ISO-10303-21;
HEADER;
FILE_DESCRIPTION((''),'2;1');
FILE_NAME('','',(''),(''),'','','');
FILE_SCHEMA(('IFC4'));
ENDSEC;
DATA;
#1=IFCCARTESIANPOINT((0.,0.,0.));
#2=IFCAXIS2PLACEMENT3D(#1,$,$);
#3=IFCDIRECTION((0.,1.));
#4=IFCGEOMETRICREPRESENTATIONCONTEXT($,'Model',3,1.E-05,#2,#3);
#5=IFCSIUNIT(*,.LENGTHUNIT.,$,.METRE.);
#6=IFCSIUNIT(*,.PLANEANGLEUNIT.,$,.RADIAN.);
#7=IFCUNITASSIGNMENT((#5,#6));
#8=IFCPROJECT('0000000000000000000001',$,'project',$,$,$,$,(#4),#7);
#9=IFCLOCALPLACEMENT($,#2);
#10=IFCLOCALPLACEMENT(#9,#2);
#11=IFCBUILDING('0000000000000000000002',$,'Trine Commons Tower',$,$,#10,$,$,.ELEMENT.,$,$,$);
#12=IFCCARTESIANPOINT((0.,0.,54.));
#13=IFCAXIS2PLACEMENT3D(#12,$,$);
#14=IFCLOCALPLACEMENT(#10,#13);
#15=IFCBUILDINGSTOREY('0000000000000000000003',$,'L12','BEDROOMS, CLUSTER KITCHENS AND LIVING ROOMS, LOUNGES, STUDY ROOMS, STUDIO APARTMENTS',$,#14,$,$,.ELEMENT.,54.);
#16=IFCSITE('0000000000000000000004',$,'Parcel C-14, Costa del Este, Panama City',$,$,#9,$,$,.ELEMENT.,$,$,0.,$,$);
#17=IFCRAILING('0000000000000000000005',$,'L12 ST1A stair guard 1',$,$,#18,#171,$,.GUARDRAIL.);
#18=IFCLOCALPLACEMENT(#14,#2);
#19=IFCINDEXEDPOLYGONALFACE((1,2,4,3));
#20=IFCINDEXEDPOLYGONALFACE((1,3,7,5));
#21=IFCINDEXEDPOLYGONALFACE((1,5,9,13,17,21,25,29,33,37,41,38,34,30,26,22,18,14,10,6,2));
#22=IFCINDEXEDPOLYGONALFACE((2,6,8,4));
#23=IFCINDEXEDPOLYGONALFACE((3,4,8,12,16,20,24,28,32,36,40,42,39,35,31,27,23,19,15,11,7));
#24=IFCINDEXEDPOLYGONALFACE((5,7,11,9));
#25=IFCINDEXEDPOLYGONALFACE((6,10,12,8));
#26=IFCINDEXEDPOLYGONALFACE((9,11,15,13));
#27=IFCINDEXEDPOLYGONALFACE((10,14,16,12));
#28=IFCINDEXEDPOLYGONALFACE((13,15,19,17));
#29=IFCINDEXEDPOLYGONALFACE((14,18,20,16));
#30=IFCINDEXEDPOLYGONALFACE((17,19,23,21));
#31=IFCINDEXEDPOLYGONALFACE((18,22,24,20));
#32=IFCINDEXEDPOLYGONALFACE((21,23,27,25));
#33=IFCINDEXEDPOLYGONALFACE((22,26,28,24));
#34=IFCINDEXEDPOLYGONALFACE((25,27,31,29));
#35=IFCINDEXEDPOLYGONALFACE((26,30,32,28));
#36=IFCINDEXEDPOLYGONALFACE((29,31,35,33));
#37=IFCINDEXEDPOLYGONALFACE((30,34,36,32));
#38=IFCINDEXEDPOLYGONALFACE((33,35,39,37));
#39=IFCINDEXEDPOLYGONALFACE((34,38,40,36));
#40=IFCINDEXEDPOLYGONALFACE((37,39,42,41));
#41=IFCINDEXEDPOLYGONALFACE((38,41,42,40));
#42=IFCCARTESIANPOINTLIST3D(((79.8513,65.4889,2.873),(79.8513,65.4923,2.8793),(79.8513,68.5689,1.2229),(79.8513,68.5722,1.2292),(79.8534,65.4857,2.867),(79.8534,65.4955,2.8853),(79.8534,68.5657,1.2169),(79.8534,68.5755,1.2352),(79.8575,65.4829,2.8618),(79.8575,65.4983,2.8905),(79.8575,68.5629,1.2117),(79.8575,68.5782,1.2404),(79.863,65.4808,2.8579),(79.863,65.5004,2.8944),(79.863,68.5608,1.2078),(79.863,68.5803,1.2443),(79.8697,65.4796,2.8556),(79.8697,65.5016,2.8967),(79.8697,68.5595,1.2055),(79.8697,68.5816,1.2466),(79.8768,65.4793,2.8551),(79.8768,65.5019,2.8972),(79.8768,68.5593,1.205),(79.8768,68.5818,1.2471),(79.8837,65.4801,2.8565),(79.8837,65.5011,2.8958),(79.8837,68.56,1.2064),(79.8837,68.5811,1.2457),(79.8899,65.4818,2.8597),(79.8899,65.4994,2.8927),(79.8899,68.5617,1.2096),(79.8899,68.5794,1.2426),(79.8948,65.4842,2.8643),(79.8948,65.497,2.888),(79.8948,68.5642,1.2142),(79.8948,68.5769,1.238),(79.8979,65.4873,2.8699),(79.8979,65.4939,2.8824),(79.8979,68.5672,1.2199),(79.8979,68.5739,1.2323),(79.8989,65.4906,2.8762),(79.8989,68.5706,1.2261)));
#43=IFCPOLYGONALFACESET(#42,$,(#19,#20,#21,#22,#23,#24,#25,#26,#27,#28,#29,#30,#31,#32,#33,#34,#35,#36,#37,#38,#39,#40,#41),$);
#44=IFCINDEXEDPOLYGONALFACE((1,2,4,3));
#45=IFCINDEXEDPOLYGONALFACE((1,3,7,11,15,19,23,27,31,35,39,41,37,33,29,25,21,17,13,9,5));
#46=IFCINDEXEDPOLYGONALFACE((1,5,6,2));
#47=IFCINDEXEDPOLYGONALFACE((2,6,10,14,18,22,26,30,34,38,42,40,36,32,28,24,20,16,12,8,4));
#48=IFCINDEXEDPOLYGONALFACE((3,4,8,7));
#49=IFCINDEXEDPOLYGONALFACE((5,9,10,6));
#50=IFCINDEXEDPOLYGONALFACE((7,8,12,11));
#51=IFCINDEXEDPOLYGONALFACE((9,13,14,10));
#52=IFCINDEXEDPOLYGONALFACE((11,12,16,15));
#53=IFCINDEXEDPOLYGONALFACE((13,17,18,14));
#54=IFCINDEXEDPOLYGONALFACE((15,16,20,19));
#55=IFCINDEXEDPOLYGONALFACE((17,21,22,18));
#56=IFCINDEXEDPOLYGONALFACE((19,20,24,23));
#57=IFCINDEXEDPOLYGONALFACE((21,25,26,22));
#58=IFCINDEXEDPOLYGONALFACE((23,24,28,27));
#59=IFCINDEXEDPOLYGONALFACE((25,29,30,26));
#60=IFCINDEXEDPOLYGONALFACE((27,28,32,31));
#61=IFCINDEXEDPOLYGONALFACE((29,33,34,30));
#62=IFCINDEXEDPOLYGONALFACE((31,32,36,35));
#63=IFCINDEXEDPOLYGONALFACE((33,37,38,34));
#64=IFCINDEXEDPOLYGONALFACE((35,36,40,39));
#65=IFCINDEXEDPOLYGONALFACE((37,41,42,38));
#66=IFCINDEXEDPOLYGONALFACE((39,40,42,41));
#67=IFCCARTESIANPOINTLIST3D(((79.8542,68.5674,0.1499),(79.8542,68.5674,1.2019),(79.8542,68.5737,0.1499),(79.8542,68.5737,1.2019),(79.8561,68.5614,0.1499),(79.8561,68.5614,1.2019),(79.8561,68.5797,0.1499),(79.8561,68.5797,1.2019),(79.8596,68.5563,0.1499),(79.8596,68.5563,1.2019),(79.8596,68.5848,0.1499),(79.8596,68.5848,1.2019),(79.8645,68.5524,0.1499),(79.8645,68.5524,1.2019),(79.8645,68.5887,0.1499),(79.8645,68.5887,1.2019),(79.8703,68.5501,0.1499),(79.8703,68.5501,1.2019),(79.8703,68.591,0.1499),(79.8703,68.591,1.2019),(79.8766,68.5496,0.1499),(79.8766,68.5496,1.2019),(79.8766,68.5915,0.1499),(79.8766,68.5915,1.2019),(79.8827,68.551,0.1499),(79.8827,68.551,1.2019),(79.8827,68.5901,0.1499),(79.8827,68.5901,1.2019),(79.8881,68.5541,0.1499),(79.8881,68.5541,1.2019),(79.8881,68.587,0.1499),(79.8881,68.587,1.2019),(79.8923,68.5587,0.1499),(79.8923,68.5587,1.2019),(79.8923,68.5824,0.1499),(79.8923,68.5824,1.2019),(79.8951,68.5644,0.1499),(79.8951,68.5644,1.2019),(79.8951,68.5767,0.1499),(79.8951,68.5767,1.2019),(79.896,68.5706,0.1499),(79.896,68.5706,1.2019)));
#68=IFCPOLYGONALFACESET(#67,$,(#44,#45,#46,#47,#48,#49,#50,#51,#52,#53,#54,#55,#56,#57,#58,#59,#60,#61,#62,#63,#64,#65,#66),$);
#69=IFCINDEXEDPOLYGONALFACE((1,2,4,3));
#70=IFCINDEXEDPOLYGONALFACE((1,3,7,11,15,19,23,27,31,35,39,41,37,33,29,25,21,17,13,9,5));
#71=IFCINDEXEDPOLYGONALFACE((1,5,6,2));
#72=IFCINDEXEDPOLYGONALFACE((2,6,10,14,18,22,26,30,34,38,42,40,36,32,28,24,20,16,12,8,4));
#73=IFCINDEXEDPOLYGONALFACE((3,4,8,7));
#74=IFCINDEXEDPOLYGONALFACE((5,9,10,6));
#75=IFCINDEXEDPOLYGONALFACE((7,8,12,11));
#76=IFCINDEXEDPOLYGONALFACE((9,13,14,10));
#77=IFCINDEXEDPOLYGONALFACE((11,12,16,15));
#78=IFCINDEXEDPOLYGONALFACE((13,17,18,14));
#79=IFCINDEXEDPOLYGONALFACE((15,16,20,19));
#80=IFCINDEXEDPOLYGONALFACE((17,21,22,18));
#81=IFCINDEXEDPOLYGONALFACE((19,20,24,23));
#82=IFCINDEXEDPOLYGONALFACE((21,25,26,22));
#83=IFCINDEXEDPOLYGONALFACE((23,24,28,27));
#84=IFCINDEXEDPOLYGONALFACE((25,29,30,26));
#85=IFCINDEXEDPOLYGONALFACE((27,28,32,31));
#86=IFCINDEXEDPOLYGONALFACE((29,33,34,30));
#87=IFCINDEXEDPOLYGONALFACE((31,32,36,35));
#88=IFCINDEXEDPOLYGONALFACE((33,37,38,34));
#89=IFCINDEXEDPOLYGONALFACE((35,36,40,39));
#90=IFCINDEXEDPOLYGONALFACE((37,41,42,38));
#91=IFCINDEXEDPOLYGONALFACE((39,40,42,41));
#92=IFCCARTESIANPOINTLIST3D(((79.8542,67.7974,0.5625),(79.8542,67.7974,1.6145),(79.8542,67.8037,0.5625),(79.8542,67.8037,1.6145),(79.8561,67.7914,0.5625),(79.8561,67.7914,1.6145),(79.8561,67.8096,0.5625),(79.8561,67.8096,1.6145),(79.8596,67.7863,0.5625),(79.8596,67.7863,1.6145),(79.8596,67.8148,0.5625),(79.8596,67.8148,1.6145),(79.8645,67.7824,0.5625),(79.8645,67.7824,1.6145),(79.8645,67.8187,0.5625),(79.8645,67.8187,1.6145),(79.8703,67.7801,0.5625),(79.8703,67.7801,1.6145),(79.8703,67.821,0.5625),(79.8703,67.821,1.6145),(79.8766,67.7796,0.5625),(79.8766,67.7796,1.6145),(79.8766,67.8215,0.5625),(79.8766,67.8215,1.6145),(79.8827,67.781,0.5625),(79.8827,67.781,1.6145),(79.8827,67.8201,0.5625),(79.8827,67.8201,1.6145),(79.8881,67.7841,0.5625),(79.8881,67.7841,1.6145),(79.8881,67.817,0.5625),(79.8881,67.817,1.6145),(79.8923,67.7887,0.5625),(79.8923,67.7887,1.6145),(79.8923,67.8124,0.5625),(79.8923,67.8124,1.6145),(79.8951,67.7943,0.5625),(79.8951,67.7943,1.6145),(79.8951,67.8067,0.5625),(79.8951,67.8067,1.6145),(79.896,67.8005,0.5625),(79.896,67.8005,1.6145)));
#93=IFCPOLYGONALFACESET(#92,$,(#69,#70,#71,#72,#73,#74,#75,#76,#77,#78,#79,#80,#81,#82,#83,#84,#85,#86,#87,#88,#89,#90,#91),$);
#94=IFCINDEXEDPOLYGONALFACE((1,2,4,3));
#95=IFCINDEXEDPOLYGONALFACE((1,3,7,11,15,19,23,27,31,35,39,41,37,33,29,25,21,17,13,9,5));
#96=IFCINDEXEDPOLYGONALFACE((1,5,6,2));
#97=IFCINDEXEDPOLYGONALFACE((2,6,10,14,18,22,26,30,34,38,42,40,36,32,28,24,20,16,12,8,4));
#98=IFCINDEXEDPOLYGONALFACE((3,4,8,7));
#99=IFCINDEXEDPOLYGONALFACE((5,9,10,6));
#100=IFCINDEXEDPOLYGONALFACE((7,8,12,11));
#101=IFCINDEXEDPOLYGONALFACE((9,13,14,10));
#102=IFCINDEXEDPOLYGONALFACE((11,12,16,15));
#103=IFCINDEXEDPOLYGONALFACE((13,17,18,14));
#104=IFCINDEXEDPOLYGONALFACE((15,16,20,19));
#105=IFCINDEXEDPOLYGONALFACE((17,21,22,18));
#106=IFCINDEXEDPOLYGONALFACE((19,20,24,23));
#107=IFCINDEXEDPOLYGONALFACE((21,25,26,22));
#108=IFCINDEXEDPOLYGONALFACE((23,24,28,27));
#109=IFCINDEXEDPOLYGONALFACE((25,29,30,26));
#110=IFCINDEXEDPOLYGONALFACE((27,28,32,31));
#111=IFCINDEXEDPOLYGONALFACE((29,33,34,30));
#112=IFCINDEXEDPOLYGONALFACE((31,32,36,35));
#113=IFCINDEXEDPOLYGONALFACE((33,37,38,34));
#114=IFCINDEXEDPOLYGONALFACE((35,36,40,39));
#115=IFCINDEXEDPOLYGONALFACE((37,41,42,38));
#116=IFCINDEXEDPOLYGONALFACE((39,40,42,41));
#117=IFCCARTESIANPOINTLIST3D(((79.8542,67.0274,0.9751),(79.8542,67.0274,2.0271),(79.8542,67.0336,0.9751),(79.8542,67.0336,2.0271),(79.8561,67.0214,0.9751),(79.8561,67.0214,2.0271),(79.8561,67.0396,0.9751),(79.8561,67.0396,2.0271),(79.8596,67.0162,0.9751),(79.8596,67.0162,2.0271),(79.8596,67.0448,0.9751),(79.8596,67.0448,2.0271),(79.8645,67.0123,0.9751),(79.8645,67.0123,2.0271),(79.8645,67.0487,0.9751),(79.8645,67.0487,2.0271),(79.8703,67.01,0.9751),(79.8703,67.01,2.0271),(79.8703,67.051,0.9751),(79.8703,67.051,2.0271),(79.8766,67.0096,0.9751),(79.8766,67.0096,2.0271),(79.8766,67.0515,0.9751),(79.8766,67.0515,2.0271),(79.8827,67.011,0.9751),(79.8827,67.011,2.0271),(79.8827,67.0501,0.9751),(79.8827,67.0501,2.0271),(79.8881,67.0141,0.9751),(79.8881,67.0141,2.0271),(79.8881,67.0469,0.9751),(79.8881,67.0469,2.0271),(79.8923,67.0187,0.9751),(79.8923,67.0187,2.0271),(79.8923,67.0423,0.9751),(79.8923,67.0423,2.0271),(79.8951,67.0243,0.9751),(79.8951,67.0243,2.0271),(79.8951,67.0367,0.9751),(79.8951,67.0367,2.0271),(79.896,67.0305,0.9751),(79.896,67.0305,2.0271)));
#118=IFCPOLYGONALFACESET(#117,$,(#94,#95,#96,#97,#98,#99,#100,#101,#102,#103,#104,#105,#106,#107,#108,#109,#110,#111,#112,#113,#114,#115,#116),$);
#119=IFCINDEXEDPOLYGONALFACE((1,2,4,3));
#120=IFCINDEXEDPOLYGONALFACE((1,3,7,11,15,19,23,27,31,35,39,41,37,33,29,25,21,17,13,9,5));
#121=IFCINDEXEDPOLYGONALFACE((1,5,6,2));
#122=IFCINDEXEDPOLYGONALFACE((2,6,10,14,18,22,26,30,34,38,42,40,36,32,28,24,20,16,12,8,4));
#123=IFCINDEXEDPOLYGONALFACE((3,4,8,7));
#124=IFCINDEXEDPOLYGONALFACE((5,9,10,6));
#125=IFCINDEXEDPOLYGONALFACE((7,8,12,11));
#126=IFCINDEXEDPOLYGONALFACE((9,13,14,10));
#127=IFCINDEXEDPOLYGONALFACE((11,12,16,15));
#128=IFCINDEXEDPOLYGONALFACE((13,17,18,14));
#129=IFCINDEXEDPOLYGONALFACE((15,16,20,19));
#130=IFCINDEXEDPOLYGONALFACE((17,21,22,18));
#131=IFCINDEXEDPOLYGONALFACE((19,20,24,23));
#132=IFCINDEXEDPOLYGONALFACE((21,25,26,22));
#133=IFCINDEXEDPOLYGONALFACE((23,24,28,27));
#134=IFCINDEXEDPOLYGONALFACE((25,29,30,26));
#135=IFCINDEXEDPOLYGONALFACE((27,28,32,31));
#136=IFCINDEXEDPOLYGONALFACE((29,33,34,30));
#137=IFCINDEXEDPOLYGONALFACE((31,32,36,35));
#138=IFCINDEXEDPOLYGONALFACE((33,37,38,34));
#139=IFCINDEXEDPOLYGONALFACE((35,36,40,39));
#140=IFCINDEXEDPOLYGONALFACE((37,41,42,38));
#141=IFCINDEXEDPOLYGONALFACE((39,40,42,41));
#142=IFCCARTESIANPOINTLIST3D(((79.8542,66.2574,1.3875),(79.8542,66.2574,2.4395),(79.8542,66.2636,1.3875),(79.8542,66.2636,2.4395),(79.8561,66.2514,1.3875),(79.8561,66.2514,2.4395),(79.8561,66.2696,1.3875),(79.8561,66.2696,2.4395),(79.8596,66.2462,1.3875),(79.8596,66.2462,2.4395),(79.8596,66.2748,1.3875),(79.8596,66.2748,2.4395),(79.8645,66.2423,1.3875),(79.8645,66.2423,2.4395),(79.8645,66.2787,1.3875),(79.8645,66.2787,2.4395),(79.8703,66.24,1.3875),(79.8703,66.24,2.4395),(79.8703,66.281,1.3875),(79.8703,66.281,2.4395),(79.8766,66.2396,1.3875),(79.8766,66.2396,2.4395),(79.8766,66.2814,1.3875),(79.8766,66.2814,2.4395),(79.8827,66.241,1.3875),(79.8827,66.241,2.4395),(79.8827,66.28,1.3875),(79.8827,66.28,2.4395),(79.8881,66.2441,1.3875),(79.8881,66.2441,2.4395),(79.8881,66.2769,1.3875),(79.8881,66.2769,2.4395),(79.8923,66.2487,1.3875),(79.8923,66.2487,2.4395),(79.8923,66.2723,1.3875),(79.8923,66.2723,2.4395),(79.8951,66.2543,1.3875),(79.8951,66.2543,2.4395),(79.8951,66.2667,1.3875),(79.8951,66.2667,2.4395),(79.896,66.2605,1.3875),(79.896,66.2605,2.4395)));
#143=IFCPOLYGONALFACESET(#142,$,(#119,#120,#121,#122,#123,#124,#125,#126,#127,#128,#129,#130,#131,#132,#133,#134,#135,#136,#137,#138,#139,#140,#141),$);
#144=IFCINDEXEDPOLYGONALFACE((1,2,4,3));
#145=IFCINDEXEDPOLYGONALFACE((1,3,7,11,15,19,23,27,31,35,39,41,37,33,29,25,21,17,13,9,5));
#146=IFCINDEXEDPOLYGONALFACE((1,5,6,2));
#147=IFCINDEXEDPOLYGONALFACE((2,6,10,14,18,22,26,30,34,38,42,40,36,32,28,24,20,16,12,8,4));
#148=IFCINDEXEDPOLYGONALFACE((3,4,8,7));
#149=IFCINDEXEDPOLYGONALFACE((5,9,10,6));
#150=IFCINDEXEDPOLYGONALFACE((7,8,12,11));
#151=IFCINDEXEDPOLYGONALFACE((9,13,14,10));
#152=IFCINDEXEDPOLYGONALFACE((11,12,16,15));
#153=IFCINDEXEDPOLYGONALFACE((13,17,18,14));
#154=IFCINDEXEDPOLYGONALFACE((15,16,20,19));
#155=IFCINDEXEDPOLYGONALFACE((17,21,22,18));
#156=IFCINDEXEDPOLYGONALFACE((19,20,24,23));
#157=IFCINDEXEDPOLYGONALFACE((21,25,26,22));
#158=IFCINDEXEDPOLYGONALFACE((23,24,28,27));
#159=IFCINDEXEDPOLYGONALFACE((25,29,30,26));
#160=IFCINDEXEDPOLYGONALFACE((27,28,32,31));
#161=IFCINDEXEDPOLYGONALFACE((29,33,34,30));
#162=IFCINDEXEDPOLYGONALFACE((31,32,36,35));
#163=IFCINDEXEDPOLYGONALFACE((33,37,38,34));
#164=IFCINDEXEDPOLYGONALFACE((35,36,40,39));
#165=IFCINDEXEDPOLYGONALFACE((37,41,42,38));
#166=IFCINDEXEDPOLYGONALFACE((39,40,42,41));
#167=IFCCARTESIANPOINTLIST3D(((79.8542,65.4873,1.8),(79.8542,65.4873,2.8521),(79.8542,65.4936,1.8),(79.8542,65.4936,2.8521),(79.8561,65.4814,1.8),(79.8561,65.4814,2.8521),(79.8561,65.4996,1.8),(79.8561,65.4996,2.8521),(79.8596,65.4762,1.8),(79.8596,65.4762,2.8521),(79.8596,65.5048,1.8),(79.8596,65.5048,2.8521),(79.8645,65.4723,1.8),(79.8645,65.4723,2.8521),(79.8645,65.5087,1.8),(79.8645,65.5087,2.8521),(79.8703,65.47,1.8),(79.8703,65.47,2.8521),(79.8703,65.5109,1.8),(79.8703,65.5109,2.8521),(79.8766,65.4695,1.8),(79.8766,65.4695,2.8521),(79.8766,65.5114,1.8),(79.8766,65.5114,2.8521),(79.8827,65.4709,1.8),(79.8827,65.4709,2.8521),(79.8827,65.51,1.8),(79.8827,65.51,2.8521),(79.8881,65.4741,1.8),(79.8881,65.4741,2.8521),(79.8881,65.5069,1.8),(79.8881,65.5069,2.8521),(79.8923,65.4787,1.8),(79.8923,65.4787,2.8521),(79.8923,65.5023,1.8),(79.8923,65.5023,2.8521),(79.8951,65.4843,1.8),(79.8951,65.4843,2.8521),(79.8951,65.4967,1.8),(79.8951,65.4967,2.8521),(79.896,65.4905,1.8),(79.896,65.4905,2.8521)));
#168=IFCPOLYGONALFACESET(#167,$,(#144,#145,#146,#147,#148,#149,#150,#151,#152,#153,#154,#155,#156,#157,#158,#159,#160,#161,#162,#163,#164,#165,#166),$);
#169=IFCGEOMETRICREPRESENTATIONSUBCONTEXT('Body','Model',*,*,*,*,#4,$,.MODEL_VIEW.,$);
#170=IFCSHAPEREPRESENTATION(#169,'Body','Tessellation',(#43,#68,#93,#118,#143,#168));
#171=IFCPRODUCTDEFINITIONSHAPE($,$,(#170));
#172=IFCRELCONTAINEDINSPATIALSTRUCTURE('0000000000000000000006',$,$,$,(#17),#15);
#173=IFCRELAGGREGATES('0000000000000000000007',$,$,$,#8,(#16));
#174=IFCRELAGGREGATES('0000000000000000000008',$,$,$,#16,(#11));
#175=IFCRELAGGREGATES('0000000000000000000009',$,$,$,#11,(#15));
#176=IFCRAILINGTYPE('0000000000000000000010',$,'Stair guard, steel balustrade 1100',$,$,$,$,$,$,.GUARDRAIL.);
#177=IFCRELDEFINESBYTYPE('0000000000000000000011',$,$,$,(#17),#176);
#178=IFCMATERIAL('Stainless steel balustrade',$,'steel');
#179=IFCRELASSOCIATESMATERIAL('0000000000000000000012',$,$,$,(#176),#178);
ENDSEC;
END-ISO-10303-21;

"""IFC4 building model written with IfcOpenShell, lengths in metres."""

from ifc_helpers import new_model, si_unit, direction, frame, origin, origin_2d, place, context, subcontext, project, spatial, circle, extrude, material, type_object, element, save


model = new_model("IFC4")

# Units and contexts
model_context = context("Model", 3, precision=1e-05, world=origin(), true_north=direction((0.0, 1.0)))
body_context = subcontext(model_context, "Body", "Model", "MODEL_VIEW")
ifc_project = project(units=[si_unit("LENGTHUNIT", "METRE"), si_unit("PLANEANGLEUNIT", "RADIAN")], contexts=[model_context])

# Site, building, storey
site_placement = place(None, origin())
site = spatial("IfcSite", under=ifc_project, at=site_placement, Name="Parcel C-14, Costa del Este, Panama City", CompositionType="ELEMENT", RefElevation=0.0)
building_placement = place(site_placement, origin())
building = spatial("IfcBuilding", under=site, at=building_placement, Name="Trine Commons Tower", CompositionType="ELEMENT")
storey_placement = place(building_placement, frame((0.0, 0.0, 54.0)))
storey = spatial("IfcBuildingStorey", under=building, at=storey_placement, Name="L12", Description="BEDROOMS, CLUSTER KITCHENS AND LIVING ROOMS, LOUNGES, STUDY ROOMS, STUDIO APARTMENTS", CompositionType="ELEMENT", Elevation=54.0)

# Railing
ifc_material_1 = material(Name="Stainless steel balustrade", Category="steel")
railing_type_1 = type_object("IfcRailingType", Name="Stair guard, steel balustrade 1100", PredefinedType="GUARDRAIL", material=ifc_material_1)
railing_1_placement = place(storey_placement, frame((79.875, 68.5706, 0.1499)))
element("IfcRailing", 1, at=railing_1_placement, inside=storey, type_object=railing_type_1, Name="L12 ST1A stair guard 1", PredefinedType="GUARDRAIL", context=body_context, shape_type="SweptSolid", body=[
    extrude(circle(Radius=0.0239, at=origin_2d()), frame((0.0, 0.0, 1.0762), z_axis=(0.0, -0.881468, 0.472245), x_axis=(1.0, 0.0, 0.0)), (0.0, 0.0, 1.0), 3.4941),
    extrude(circle(Radius=0.021, at=origin_2d()), origin(), (0.0, 0.0, 1.0), 1.052),
    extrude(circle(Radius=0.021, at=origin_2d()), frame((0.0, -0.77, 0.4126)), (0.0, 0.0, 1.0), 1.052),
    extrude(circle(Radius=0.021, at=origin_2d()), frame((0.0, -1.54, 0.8252)), (0.0, 0.0, 1.0), 1.052),
    extrude(circle(Radius=0.021, at=origin_2d()), frame((0.0, -2.3101, 1.2375)), (0.0, 0.0, 1.0), 1.052),
    extrude(circle(Radius=0.021, at=origin_2d()), frame((0.0, -3.0801, 1.6501)), (0.0, 0.0, 1.0), 1.052),
])

save(model, "model.ifc")
